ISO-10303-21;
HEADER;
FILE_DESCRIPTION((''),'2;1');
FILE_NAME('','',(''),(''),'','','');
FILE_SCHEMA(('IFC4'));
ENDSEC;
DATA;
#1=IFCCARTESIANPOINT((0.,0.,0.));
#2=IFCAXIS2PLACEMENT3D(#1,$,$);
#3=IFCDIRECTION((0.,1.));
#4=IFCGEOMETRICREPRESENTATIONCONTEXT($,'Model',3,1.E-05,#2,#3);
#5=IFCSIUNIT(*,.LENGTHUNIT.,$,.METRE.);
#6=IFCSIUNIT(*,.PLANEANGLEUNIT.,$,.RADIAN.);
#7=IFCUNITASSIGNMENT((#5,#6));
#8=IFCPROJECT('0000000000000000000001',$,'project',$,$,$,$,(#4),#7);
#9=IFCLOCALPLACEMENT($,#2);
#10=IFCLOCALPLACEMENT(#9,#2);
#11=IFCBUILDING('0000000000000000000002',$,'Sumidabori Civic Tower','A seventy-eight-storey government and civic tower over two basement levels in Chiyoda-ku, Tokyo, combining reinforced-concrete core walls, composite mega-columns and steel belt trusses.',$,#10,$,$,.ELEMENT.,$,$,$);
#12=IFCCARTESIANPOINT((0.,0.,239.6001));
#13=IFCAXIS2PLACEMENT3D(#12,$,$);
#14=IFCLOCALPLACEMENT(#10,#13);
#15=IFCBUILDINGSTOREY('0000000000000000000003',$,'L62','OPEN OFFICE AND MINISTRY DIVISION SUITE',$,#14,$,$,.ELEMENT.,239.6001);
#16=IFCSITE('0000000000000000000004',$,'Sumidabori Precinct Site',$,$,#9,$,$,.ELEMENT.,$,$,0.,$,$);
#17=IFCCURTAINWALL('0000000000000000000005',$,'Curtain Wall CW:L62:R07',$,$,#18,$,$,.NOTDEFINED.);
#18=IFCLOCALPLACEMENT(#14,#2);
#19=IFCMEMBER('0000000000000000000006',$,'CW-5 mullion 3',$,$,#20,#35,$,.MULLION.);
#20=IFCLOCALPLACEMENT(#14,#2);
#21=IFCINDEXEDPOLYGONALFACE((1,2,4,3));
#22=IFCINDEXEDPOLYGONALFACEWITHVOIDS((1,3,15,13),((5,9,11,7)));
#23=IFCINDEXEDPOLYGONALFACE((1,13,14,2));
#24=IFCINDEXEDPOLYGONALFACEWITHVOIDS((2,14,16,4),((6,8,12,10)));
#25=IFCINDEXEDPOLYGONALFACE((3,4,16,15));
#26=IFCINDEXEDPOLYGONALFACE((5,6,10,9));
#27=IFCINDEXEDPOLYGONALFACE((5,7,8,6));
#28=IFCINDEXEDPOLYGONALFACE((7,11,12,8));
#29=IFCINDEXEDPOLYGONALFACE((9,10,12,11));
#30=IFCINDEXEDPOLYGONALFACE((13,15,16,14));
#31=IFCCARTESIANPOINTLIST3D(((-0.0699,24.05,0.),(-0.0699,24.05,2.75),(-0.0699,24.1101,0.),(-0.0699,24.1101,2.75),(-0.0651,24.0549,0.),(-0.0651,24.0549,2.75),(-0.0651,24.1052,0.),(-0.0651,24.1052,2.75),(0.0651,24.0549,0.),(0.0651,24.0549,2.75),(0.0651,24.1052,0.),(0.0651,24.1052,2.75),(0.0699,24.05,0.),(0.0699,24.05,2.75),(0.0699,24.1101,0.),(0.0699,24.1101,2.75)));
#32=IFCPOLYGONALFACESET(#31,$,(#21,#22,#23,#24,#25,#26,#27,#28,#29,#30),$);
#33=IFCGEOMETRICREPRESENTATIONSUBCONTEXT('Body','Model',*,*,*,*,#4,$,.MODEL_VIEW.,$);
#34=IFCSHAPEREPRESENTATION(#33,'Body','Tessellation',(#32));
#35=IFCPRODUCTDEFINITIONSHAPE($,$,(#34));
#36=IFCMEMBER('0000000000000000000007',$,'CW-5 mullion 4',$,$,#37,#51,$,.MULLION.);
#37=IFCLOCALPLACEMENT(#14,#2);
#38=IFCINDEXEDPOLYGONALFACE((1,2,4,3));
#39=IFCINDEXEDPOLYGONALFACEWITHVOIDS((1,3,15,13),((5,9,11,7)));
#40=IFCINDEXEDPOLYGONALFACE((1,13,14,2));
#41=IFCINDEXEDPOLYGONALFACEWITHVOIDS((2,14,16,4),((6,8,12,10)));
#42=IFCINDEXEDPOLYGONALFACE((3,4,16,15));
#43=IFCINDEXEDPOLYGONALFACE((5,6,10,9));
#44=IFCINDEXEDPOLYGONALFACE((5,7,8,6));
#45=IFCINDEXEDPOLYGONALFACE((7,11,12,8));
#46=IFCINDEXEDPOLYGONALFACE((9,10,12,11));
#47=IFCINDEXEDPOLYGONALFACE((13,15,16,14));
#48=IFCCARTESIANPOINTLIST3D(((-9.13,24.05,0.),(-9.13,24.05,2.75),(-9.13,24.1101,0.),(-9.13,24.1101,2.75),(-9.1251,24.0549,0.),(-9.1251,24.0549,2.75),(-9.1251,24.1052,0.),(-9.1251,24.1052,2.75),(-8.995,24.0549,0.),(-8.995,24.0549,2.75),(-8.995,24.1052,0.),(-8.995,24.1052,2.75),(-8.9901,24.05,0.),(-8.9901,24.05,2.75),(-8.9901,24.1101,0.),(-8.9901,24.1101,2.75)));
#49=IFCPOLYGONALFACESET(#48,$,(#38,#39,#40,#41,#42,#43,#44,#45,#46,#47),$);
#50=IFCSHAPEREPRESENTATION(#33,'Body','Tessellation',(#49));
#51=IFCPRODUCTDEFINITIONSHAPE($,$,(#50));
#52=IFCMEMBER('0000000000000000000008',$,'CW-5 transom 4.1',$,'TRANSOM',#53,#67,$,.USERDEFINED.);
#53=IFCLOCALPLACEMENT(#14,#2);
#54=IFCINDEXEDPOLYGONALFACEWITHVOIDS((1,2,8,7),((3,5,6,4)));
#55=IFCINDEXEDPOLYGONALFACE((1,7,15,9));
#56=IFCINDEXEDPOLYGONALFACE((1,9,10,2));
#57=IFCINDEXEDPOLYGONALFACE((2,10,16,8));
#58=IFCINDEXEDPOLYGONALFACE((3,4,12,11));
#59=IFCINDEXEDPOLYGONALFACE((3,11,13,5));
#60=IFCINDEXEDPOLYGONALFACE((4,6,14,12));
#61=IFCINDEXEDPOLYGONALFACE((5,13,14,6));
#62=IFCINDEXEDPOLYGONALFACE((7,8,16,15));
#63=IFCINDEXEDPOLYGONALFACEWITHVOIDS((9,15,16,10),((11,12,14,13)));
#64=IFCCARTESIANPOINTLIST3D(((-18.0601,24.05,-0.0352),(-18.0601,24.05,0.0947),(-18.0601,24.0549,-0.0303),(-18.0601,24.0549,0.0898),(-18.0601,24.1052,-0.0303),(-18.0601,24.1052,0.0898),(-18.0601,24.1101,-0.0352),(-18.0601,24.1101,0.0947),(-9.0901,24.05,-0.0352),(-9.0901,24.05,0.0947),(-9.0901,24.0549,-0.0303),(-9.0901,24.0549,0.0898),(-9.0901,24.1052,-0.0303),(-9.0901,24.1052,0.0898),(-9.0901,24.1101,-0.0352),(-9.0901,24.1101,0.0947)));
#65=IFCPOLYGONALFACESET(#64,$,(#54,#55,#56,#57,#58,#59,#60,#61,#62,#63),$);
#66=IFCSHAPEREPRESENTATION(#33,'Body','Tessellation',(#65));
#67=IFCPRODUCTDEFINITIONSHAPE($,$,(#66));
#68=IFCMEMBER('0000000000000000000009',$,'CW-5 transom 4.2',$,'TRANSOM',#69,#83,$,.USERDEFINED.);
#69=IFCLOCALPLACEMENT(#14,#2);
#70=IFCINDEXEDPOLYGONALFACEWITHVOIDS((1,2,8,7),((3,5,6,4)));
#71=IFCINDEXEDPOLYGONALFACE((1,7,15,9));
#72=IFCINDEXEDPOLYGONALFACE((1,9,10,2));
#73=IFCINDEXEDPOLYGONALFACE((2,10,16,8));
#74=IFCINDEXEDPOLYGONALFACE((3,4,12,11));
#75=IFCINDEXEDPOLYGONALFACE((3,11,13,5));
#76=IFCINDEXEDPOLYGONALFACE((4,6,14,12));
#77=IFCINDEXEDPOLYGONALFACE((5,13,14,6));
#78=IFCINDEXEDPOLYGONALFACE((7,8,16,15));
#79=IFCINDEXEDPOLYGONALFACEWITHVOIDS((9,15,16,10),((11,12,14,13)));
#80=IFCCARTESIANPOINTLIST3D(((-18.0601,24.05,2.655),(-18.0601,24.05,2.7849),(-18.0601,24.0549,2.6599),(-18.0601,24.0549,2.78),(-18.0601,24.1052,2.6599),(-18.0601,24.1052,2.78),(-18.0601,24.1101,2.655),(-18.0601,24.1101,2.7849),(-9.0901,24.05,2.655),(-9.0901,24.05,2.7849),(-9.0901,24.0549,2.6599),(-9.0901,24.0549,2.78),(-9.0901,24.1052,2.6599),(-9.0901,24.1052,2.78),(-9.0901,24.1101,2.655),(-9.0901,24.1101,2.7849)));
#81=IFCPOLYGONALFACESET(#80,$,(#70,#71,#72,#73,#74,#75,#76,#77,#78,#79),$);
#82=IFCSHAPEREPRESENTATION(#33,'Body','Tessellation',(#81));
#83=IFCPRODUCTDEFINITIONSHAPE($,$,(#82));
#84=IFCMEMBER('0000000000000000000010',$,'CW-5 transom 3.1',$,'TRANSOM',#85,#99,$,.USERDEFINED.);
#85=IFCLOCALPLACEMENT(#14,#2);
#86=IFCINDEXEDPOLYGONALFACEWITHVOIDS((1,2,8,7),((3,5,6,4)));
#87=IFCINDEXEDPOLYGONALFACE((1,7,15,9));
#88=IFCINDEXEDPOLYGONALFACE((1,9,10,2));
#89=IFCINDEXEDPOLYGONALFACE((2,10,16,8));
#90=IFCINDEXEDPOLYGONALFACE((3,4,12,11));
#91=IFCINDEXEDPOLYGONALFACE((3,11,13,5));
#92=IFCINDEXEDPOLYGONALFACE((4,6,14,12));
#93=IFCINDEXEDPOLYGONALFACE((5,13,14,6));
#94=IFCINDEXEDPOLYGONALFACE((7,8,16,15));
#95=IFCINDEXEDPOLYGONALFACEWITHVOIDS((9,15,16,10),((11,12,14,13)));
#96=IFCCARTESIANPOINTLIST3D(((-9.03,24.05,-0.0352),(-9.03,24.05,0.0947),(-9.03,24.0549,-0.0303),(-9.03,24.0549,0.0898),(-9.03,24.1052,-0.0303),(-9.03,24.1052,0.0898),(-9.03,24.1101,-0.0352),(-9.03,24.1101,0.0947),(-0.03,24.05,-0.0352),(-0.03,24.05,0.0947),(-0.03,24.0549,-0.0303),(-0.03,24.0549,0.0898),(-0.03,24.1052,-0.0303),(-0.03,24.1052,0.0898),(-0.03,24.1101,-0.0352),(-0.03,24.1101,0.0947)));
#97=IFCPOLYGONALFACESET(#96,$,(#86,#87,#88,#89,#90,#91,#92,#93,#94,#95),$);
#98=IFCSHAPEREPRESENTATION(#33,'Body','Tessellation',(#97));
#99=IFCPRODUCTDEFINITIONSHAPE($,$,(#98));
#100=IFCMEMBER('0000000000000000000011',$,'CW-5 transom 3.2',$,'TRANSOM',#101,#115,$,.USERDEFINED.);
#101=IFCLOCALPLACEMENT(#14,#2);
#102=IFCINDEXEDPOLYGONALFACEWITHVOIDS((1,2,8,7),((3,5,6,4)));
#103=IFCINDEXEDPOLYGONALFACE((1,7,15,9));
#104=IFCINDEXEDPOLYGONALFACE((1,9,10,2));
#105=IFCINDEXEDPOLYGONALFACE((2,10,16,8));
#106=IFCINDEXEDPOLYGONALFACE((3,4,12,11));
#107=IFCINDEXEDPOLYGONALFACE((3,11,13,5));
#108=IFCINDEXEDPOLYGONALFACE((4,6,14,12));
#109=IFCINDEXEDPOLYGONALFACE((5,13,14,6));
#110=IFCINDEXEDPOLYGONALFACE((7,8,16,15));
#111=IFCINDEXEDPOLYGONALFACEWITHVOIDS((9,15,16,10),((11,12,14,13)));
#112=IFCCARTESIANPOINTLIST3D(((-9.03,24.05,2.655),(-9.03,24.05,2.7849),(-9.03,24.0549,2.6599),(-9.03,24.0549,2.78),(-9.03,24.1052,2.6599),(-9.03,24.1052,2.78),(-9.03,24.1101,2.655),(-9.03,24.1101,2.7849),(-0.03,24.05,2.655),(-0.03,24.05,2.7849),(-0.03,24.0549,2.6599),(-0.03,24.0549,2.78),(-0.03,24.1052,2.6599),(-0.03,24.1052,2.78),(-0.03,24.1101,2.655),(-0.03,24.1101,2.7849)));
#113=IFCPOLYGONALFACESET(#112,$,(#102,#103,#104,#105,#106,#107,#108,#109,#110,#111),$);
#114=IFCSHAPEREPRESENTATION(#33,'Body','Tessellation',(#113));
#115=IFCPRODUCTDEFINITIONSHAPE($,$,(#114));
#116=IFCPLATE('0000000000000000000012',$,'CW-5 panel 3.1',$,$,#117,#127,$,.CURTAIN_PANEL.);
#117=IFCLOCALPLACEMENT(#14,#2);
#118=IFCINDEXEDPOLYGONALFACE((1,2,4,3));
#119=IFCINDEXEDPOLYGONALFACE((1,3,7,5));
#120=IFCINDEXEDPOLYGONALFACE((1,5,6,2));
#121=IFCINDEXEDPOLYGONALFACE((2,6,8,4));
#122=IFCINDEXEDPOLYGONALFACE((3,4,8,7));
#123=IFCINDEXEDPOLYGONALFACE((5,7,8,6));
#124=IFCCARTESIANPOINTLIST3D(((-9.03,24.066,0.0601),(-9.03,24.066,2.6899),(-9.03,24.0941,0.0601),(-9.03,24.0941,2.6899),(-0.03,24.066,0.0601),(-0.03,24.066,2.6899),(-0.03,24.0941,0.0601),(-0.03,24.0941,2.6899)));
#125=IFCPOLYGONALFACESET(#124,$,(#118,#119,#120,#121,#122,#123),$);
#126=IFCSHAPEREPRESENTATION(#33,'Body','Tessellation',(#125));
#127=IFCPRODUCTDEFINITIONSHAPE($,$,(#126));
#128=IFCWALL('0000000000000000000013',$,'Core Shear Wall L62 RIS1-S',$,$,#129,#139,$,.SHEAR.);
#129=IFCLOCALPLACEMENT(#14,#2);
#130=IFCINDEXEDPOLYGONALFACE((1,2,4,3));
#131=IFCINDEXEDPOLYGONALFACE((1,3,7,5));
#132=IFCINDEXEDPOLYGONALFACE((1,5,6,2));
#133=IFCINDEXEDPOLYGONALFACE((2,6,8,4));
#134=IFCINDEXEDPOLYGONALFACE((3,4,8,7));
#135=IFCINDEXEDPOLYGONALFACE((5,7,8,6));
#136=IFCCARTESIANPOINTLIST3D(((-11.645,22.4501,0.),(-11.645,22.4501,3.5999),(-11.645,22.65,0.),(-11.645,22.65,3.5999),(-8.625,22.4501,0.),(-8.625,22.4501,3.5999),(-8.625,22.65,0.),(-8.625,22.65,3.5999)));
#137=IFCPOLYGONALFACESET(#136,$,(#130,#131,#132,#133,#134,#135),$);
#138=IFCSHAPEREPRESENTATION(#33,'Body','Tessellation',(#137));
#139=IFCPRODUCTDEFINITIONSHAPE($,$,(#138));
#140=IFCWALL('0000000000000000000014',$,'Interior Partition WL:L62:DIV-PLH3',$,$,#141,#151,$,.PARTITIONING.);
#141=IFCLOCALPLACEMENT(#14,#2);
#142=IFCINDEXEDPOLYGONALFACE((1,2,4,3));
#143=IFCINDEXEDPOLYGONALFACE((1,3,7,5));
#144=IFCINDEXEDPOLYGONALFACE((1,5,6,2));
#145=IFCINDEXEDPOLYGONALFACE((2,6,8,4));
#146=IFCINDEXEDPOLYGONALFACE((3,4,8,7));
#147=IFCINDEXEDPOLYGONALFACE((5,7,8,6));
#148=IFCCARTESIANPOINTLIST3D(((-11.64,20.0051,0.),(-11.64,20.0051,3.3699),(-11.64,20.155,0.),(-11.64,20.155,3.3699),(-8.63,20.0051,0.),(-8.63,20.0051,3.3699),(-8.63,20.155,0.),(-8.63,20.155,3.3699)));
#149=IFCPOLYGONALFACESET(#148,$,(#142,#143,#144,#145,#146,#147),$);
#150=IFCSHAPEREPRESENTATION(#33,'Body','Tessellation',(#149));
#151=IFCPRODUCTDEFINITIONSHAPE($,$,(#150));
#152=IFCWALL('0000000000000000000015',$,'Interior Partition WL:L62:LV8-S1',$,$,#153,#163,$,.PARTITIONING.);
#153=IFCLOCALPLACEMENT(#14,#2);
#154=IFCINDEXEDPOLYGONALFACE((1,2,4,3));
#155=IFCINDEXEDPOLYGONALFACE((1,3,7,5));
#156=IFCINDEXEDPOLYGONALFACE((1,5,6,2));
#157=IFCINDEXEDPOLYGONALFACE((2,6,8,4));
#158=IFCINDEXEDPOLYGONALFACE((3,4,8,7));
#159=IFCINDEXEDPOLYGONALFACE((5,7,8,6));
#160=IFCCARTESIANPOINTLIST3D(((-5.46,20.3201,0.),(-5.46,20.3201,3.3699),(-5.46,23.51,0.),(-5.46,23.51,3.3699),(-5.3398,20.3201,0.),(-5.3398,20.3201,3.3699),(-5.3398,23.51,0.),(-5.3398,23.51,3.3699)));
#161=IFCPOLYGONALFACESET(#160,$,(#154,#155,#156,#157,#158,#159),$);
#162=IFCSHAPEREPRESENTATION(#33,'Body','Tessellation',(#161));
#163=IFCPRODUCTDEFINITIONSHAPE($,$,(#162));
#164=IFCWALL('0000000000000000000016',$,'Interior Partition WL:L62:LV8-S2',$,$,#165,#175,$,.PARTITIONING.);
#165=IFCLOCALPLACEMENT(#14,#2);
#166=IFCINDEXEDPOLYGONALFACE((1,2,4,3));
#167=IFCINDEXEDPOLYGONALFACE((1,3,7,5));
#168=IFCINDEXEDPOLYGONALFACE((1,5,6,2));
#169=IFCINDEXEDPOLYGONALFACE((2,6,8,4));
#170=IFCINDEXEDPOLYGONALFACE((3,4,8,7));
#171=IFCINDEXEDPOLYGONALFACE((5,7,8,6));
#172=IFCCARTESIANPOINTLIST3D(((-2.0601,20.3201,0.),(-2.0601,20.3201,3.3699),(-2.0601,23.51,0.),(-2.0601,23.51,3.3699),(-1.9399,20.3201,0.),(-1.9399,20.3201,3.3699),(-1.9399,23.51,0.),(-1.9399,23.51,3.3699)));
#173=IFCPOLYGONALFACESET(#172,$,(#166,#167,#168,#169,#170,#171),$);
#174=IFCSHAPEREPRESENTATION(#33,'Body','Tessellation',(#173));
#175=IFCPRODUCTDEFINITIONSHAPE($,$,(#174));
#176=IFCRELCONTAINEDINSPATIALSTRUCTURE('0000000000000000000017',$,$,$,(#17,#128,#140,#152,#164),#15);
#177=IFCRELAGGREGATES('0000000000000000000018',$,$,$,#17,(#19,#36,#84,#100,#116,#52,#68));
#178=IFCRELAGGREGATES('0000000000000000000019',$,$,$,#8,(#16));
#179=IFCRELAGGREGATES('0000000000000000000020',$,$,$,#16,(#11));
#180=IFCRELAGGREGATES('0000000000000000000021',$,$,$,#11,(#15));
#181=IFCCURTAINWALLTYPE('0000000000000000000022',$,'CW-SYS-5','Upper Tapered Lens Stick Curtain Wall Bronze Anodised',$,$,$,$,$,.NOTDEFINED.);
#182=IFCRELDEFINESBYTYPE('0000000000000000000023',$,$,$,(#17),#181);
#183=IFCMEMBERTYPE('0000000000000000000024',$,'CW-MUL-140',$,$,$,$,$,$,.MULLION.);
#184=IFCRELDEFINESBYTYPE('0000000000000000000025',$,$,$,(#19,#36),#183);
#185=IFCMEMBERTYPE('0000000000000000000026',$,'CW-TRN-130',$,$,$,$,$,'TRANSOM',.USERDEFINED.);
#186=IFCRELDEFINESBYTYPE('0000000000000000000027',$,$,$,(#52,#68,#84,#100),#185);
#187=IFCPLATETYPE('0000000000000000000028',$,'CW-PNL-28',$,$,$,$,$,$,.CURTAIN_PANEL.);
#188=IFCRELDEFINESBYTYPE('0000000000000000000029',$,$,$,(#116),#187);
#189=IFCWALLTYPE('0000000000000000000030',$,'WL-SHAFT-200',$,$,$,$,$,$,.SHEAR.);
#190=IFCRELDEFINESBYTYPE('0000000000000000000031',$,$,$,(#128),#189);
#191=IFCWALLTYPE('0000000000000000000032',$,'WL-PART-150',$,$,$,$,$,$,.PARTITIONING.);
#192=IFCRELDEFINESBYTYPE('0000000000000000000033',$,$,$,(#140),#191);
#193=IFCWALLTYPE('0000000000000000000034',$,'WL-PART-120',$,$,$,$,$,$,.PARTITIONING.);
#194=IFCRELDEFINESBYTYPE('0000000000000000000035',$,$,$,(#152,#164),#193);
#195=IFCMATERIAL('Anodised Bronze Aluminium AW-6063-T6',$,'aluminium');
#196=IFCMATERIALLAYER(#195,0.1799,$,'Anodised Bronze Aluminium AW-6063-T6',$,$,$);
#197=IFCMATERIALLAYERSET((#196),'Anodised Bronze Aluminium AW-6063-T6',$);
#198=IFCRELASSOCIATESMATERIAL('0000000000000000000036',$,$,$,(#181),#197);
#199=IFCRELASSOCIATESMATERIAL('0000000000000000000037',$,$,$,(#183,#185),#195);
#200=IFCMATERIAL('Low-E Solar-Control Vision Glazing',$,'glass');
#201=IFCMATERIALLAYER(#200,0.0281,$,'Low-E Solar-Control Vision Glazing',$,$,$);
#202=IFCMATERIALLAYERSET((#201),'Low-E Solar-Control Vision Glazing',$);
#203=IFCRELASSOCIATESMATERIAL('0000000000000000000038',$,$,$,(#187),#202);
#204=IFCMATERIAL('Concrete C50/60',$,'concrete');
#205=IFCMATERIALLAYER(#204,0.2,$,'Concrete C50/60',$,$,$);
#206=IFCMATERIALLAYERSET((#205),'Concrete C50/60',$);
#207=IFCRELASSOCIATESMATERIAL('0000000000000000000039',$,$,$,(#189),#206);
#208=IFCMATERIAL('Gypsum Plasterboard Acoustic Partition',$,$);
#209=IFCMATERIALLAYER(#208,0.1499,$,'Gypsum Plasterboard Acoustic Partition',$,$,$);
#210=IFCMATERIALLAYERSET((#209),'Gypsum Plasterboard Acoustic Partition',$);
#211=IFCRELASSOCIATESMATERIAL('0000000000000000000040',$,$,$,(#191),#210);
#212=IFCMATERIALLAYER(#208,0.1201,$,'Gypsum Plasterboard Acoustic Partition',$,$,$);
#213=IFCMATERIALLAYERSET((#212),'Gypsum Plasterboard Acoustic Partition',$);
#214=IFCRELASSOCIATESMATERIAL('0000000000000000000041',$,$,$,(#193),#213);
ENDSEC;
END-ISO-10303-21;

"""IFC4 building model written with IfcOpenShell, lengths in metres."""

from ifc_helpers import new_model, si_unit, direction, frame, frame_2d, origin, origin_2d, place, context, subcontext, project, spatial, rectangle, hollow_rectangle, extrude, source, transform, mapped, material, layer, layer_set, material_profile, profile_set, type_object, element, aggregate, save


model = new_model("IFC4")

# Units and contexts
model_context = context("Model", 3, precision=1e-05, world=origin(), true_north=direction((0.0, 1.0)))
body_context = subcontext(model_context, "Body", "Model", "MODEL_VIEW")
ifc_project = project(units=[si_unit("LENGTHUNIT", "METRE"), si_unit("PLANEANGLEUNIT", "RADIAN")], contexts=[model_context])

# Site, building, storey
site_placement = place(None, origin())
site = spatial("IfcSite", under=ifc_project, at=site_placement, Name="Sumidabori Precinct Site", CompositionType="ELEMENT", RefElevation=0.0)
building_placement = place(site_placement, origin())
building = spatial("IfcBuilding", under=site, at=building_placement, Name="Sumidabori Civic Tower", Description="A seventy-eight-storey government and civic tower over two basement levels in Chiyoda-ku, Tokyo, combining reinforced-concrete core walls, composite mega-columns and steel belt trusses.", CompositionType="ELEMENT")
storey_placement = place(building_placement, frame((0.0, 0.0, 239.6001)))
storey = spatial("IfcBuildingStorey", under=building, at=storey_placement, Name="L62", Description="OPEN OFFICE AND MINISTRY DIVISION SUITE", CompositionType="ELEMENT", Elevation=239.6001)

# Curtain wall, members, plate
ifc_material_1 = material(Name="Anodised Bronze Aluminium AW-6063-T6", Category="aluminium")
ifc_layer_1 = layer(ifc_material_1, 0.1799, Name="Anodised Bronze Aluminium AW-6063-T6")
ifc_layer_set_1 = layer_set([ifc_layer_1], Name="Anodised Bronze Aluminium AW-6063-T6")
curtain_wall_type = type_object("IfcCurtainWallType", Name="CW-SYS-5", Description="Upper Tapered Lens Stick Curtain Wall Bronze Anodised", PredefinedType="NOTDEFINED", material=ifc_layer_set_1)
curtain_wall_placement = place(storey_placement, origin())
curtain_wall = element("IfcCurtainWall", 1, at=curtain_wall_placement, inside=storey, type_object=curtain_wall_type, Name="Curtain Wall CW:L62:R07", PredefinedType="NOTDEFINED")
ifc_material_profile_1 = material_profile(ifc_material_1, hollow_rectangle(XDim=0.0601, YDim=0.1399, WallThickness=0.0049, at=origin_2d()), Name="ALU MULLION 140x60")
ifc_profile_set_1 = profile_set([ifc_material_profile_1], Name="Anodised Bronze Aluminium AW-6063-T6")
member_type_1 = type_object("IfcMemberType", Name="CW-MUL-140", PredefinedType="MULLION", material=ifc_profile_set_1)
shared_shape_1 = source(origin(), body_context, "Body", "SweptSolid", [
    extrude(hollow_rectangle(XDim=0.0601, YDim=0.1399, WallThickness=0.0049, at=origin_2d()), origin(), (0.0, 0.0, 1.0), 2.75),
])
member_1_placement = place(storey_placement, frame((0.0, 24.0801, 0.0), z_axis=(0.0, 0.0, 1.0), x_axis=(0.0, -1.0, 0.0)))
member_1 = element("IfcMember", 2, at=member_1_placement, type_object=member_type_1, Name="CW-5 mullion 3", PredefinedType="MULLION", context=body_context, shape_type="MappedRepresentation", body=[
    mapped(shared_shape_1, transform((0.0, 0.0, 0.0), x_axis=(1.0, 0.0, 0.0), y_axis=(0.0, 1.0, 0.0), z_axis=(0.0, 0.0, 1.0), scale=1.0)),
])
member_2_placement = place(storey_placement, frame((-9.0601, 24.0801, 0.0), z_axis=(0.0, 0.0, 1.0), x_axis=(0.0, -1.0, 0.0)))
member_2 = element("IfcMember", 3, at=member_2_placement, type_object=member_type_1, Name="CW-5 mullion 4", PredefinedType="MULLION", context=body_context, shape_type="MappedRepresentation", body=[
    mapped(shared_shape_1, transform((0.0, 0.0, 0.0), x_axis=(1.0, 0.0, 0.0), y_axis=(0.0, 1.0, 0.0), z_axis=(0.0, 0.0, 1.0), scale=1.0)),
])
ifc_material_profile_2 = material_profile(ifc_material_1, hollow_rectangle(XDim=0.0601, YDim=0.1299, WallThickness=0.0049, at=origin_2d()), Name="ALU TRANSOM 130x60")
ifc_profile_set_2 = profile_set([ifc_material_profile_2], Name="Anodised Bronze Aluminium AW-6063-T6")
member_type_2 = type_object("IfcMemberType", Name="CW-TRN-130", ElementType="TRANSOM", PredefinedType="USERDEFINED", material=ifc_profile_set_2)
shared_shape_2 = source(origin(), body_context, "Body", "SweptSolid", [
    extrude(hollow_rectangle(XDim=0.0601, YDim=0.1299, WallThickness=0.0049, at=origin_2d()), origin(), (0.0, 0.0, 1.0), 8.97),
])
member_3_placement = place(storey_placement, frame((-9.0901, 24.0801, 0.0298), z_axis=(-1.0, 0.0, 0.0), x_axis=(0.0, -1.0, 0.0)))
member_3 = element("IfcMember", 4, at=member_3_placement, type_object=member_type_2, Name="CW-5 transom 4.1", ObjectType="TRANSOM", PredefinedType="USERDEFINED", context=body_context, shape_type="MappedRepresentation", body=[
    mapped(shared_shape_2, transform((0.0, 0.0, 0.0), x_axis=(1.0, 0.0, 0.0), y_axis=(0.0, 1.0, 0.0), z_axis=(0.0, 0.0, 1.0), scale=1.0)),
])
member_4_placement = place(storey_placement, frame((-9.0901, 24.0801, 2.72), z_axis=(-1.0, 0.0, 0.0), x_axis=(0.0, -1.0, 0.0)))
member_4 = element("IfcMember", 5, at=member_4_placement, type_object=member_type_2, Name="CW-5 transom 4.2", ObjectType="TRANSOM", PredefinedType="USERDEFINED", context=body_context, shape_type="MappedRepresentation", body=[
    mapped(shared_shape_2, transform((0.0, 0.0, 0.0), x_axis=(1.0, 0.0, 0.0), y_axis=(0.0, 1.0, 0.0), z_axis=(0.0, 0.0, 1.0), scale=1.0)),
])
shared_shape_3 = source(origin(), body_context, "Body", "SweptSolid", [
    extrude(hollow_rectangle(XDim=0.0601, YDim=0.1299, WallThickness=0.0049, at=origin_2d()), origin(), (0.0, 0.0, 1.0), 9.0),
])
member_5_placement = place(storey_placement, frame((-0.03, 24.0801, 0.0298), z_axis=(-1.0, 0.0, 0.0), x_axis=(0.0, -1.0, 0.0)))
member_5 = element("IfcMember", 6, at=member_5_placement, type_object=member_type_2, Name="CW-5 transom 3.1", ObjectType="TRANSOM", PredefinedType="USERDEFINED", context=body_context, shape_type="MappedRepresentation", body=[
    mapped(shared_shape_3, transform((0.0, 0.0, 0.0), x_axis=(1.0, 0.0, 0.0), y_axis=(0.0, 1.0, 0.0), z_axis=(0.0, 0.0, 1.0), scale=1.0)),
])
member_6_placement = place(storey_placement, frame((-0.03, 24.0801, 2.72), z_axis=(-1.0, 0.0, 0.0), x_axis=(0.0, -1.0, 0.0)))
member_6 = element("IfcMember", 7, at=member_6_placement, type_object=member_type_2, Name="CW-5 transom 3.2", ObjectType="TRANSOM", PredefinedType="USERDEFINED", context=body_context, shape_type="MappedRepresentation", body=[
    mapped(shared_shape_3, transform((0.0, 0.0, 0.0), x_axis=(1.0, 0.0, 0.0), y_axis=(0.0, 1.0, 0.0), z_axis=(0.0, 0.0, 1.0), scale=1.0)),
])
ifc_material_2 = material(Name="Low-E Solar-Control Vision Glazing", Category="glass")
ifc_layer_2 = layer(ifc_material_2, 0.0281, Name="Low-E Solar-Control Vision Glazing")
ifc_layer_set_2 = layer_set([ifc_layer_2], Name="Low-E Solar-Control Vision Glazing")
plate_type = type_object("IfcPlateType", Name="CW-PNL-28", PredefinedType="CURTAIN_PANEL", material=ifc_layer_set_2)
shared_shape_4 = source(origin(), body_context, "Body", "SweptSolid", [
    extrude(rectangle(XDim=9.0, YDim=0.0281, at=origin_2d()), origin(), (0.0, 0.0, 1.0), 2.6299),
])
plate_placement = place(storey_placement, frame((-4.53, 24.0801, 0.0601), z_axis=(0.0, 0.0, 1.0), x_axis=(-1.0, 0.0, 0.0)))
plate = element("IfcPlate", 8, at=plate_placement, type_object=plate_type, Name="CW-5 panel 3.1", PredefinedType="CURTAIN_PANEL", context=body_context, shape_type="MappedRepresentation", body=[
    mapped(shared_shape_4, transform((0.0, 0.0, 0.0), x_axis=(1.0, 0.0, 0.0), y_axis=(0.0, 1.0, 0.0), z_axis=(0.0, 0.0, 1.0), scale=1.0)),
])
aggregate(curtain_wall, [member_1, member_2, member_5, member_6, plate, member_3, member_4])

# Walls
ifc_material_3 = material(Name="Concrete C50/60", Category="concrete")
ifc_layer_3 = layer(ifc_material_3, 0.2, Name="Concrete C50/60")
ifc_layer_set_3 = layer_set([ifc_layer_3], Name="Concrete C50/60")
wall_type_1 = type_object("IfcWallType", Name="WL-SHAFT-200", PredefinedType="SHEAR", material=ifc_layer_set_3)
shared_shape_5 = source(origin(), body_context, "Body", "SweptSolid", [
    extrude(rectangle(XDim=3.02, YDim=0.2, at=frame_2d((1.51, 0.0))), origin(), (0.0, 0.0, 1.0), 3.5999),
])
wall_1_placement = place(storey_placement, frame((-11.645, 22.55, 0.0), z_axis=(0.0, 0.0, 1.0), x_axis=(1.0, 0.0, 0.0)))
element("IfcWall", 9, at=wall_1_placement, inside=storey, type_object=wall_type_1, Name="Core Shear Wall L62 RIS1-S", PredefinedType="SHEAR", context=body_context, shape_type="MappedRepresentation", body=[
    mapped(shared_shape_5, transform((0.0, 0.0, 0.0), x_axis=(1.0, 0.0, 0.0), y_axis=(0.0, 1.0, 0.0), z_axis=(0.0, 0.0, 1.0), scale=1.0)),
])
ifc_material_4 = material(Name="Gypsum Plasterboard Acoustic Partition")
ifc_layer_4 = layer(ifc_material_4, 0.1499, Name="Gypsum Plasterboard Acoustic Partition")
ifc_layer_set_4 = layer_set([ifc_layer_4], Name="Gypsum Plasterboard Acoustic Partition")
wall_type_2 = type_object("IfcWallType", Name="WL-PART-150", PredefinedType="PARTITIONING", material=ifc_layer_set_4)
shared_shape_6 = source(origin(), body_context, "Body", "SweptSolid", [
    extrude(rectangle(XDim=3.01, YDim=0.1499, at=frame_2d((1.5049, 0.0))), origin(), (0.0, 0.0, 1.0), 3.3699),
])
wall_2_placement = place(storey_placement, frame((-11.6399, 20.0801, 0.0), z_axis=(0.0, 0.0, 1.0), x_axis=(1.0, 0.0, 0.0)))
element("IfcWall", 10, at=wall_2_placement, inside=storey, type_object=wall_type_2, Name="Interior Partition WL:L62:DIV-PLH3", PredefinedType="PARTITIONING", context=body_context, shape_type="MappedRepresentation", body=[
    mapped(shared_shape_6, transform((0.0, 0.0, 0.0), x_axis=(1.0, 0.0, 0.0), y_axis=(0.0, 1.0, 0.0), z_axis=(0.0, 0.0, 1.0), scale=1.0)),
])

# Walls
ifc_layer_5 = layer(ifc_material_4, 0.1201, Name="Gypsum Plasterboard Acoustic Partition")
ifc_layer_set_5 = layer_set([ifc_layer_5], Name="Gypsum Plasterboard Acoustic Partition")
wall_type_3 = type_object("IfcWallType", Name="WL-PART-120", PredefinedType="PARTITIONING", material=ifc_layer_set_5)
shared_shape_7 = source(origin(), body_context, "Body", "SweptSolid", [
    extrude(rectangle(XDim=3.1899, YDim=0.1201, at=frame_2d((1.595, 0.0))), origin(), (0.0, 0.0, 1.0), 3.3699),
])
for number, where, z_axis, x_axis, name in (
    (11, (-5.3999, 20.3201, 0.0), (0.0, 0.0, 1.0), (0.0, 1.0, 0.0), "Interior Partition WL:L62:LV8-S1"),
    (12, (-2.0, 20.3201, 0.0), (0.0, 0.0, 1.0), (0.0, 1.0, 0.0), "Interior Partition WL:L62:LV8-S2"),
):
    element("IfcWall", number, at=place(storey_placement, frame(where, z_axis=z_axis, x_axis=x_axis)), inside=storey, type_object=wall_type_3, Name=name, PredefinedType="PARTITIONING", context=body_context, shape_type="MappedRepresentation", body=[
        mapped(shared_shape_7, transform((0.0, 0.0, 0.0), x_axis=(1.0, 0.0, 0.0), y_axis=(0.0, 1.0, 0.0), z_axis=(0.0, 0.0, 1.0), scale=1.0)),
    ])

save(model, "model.ifc")
